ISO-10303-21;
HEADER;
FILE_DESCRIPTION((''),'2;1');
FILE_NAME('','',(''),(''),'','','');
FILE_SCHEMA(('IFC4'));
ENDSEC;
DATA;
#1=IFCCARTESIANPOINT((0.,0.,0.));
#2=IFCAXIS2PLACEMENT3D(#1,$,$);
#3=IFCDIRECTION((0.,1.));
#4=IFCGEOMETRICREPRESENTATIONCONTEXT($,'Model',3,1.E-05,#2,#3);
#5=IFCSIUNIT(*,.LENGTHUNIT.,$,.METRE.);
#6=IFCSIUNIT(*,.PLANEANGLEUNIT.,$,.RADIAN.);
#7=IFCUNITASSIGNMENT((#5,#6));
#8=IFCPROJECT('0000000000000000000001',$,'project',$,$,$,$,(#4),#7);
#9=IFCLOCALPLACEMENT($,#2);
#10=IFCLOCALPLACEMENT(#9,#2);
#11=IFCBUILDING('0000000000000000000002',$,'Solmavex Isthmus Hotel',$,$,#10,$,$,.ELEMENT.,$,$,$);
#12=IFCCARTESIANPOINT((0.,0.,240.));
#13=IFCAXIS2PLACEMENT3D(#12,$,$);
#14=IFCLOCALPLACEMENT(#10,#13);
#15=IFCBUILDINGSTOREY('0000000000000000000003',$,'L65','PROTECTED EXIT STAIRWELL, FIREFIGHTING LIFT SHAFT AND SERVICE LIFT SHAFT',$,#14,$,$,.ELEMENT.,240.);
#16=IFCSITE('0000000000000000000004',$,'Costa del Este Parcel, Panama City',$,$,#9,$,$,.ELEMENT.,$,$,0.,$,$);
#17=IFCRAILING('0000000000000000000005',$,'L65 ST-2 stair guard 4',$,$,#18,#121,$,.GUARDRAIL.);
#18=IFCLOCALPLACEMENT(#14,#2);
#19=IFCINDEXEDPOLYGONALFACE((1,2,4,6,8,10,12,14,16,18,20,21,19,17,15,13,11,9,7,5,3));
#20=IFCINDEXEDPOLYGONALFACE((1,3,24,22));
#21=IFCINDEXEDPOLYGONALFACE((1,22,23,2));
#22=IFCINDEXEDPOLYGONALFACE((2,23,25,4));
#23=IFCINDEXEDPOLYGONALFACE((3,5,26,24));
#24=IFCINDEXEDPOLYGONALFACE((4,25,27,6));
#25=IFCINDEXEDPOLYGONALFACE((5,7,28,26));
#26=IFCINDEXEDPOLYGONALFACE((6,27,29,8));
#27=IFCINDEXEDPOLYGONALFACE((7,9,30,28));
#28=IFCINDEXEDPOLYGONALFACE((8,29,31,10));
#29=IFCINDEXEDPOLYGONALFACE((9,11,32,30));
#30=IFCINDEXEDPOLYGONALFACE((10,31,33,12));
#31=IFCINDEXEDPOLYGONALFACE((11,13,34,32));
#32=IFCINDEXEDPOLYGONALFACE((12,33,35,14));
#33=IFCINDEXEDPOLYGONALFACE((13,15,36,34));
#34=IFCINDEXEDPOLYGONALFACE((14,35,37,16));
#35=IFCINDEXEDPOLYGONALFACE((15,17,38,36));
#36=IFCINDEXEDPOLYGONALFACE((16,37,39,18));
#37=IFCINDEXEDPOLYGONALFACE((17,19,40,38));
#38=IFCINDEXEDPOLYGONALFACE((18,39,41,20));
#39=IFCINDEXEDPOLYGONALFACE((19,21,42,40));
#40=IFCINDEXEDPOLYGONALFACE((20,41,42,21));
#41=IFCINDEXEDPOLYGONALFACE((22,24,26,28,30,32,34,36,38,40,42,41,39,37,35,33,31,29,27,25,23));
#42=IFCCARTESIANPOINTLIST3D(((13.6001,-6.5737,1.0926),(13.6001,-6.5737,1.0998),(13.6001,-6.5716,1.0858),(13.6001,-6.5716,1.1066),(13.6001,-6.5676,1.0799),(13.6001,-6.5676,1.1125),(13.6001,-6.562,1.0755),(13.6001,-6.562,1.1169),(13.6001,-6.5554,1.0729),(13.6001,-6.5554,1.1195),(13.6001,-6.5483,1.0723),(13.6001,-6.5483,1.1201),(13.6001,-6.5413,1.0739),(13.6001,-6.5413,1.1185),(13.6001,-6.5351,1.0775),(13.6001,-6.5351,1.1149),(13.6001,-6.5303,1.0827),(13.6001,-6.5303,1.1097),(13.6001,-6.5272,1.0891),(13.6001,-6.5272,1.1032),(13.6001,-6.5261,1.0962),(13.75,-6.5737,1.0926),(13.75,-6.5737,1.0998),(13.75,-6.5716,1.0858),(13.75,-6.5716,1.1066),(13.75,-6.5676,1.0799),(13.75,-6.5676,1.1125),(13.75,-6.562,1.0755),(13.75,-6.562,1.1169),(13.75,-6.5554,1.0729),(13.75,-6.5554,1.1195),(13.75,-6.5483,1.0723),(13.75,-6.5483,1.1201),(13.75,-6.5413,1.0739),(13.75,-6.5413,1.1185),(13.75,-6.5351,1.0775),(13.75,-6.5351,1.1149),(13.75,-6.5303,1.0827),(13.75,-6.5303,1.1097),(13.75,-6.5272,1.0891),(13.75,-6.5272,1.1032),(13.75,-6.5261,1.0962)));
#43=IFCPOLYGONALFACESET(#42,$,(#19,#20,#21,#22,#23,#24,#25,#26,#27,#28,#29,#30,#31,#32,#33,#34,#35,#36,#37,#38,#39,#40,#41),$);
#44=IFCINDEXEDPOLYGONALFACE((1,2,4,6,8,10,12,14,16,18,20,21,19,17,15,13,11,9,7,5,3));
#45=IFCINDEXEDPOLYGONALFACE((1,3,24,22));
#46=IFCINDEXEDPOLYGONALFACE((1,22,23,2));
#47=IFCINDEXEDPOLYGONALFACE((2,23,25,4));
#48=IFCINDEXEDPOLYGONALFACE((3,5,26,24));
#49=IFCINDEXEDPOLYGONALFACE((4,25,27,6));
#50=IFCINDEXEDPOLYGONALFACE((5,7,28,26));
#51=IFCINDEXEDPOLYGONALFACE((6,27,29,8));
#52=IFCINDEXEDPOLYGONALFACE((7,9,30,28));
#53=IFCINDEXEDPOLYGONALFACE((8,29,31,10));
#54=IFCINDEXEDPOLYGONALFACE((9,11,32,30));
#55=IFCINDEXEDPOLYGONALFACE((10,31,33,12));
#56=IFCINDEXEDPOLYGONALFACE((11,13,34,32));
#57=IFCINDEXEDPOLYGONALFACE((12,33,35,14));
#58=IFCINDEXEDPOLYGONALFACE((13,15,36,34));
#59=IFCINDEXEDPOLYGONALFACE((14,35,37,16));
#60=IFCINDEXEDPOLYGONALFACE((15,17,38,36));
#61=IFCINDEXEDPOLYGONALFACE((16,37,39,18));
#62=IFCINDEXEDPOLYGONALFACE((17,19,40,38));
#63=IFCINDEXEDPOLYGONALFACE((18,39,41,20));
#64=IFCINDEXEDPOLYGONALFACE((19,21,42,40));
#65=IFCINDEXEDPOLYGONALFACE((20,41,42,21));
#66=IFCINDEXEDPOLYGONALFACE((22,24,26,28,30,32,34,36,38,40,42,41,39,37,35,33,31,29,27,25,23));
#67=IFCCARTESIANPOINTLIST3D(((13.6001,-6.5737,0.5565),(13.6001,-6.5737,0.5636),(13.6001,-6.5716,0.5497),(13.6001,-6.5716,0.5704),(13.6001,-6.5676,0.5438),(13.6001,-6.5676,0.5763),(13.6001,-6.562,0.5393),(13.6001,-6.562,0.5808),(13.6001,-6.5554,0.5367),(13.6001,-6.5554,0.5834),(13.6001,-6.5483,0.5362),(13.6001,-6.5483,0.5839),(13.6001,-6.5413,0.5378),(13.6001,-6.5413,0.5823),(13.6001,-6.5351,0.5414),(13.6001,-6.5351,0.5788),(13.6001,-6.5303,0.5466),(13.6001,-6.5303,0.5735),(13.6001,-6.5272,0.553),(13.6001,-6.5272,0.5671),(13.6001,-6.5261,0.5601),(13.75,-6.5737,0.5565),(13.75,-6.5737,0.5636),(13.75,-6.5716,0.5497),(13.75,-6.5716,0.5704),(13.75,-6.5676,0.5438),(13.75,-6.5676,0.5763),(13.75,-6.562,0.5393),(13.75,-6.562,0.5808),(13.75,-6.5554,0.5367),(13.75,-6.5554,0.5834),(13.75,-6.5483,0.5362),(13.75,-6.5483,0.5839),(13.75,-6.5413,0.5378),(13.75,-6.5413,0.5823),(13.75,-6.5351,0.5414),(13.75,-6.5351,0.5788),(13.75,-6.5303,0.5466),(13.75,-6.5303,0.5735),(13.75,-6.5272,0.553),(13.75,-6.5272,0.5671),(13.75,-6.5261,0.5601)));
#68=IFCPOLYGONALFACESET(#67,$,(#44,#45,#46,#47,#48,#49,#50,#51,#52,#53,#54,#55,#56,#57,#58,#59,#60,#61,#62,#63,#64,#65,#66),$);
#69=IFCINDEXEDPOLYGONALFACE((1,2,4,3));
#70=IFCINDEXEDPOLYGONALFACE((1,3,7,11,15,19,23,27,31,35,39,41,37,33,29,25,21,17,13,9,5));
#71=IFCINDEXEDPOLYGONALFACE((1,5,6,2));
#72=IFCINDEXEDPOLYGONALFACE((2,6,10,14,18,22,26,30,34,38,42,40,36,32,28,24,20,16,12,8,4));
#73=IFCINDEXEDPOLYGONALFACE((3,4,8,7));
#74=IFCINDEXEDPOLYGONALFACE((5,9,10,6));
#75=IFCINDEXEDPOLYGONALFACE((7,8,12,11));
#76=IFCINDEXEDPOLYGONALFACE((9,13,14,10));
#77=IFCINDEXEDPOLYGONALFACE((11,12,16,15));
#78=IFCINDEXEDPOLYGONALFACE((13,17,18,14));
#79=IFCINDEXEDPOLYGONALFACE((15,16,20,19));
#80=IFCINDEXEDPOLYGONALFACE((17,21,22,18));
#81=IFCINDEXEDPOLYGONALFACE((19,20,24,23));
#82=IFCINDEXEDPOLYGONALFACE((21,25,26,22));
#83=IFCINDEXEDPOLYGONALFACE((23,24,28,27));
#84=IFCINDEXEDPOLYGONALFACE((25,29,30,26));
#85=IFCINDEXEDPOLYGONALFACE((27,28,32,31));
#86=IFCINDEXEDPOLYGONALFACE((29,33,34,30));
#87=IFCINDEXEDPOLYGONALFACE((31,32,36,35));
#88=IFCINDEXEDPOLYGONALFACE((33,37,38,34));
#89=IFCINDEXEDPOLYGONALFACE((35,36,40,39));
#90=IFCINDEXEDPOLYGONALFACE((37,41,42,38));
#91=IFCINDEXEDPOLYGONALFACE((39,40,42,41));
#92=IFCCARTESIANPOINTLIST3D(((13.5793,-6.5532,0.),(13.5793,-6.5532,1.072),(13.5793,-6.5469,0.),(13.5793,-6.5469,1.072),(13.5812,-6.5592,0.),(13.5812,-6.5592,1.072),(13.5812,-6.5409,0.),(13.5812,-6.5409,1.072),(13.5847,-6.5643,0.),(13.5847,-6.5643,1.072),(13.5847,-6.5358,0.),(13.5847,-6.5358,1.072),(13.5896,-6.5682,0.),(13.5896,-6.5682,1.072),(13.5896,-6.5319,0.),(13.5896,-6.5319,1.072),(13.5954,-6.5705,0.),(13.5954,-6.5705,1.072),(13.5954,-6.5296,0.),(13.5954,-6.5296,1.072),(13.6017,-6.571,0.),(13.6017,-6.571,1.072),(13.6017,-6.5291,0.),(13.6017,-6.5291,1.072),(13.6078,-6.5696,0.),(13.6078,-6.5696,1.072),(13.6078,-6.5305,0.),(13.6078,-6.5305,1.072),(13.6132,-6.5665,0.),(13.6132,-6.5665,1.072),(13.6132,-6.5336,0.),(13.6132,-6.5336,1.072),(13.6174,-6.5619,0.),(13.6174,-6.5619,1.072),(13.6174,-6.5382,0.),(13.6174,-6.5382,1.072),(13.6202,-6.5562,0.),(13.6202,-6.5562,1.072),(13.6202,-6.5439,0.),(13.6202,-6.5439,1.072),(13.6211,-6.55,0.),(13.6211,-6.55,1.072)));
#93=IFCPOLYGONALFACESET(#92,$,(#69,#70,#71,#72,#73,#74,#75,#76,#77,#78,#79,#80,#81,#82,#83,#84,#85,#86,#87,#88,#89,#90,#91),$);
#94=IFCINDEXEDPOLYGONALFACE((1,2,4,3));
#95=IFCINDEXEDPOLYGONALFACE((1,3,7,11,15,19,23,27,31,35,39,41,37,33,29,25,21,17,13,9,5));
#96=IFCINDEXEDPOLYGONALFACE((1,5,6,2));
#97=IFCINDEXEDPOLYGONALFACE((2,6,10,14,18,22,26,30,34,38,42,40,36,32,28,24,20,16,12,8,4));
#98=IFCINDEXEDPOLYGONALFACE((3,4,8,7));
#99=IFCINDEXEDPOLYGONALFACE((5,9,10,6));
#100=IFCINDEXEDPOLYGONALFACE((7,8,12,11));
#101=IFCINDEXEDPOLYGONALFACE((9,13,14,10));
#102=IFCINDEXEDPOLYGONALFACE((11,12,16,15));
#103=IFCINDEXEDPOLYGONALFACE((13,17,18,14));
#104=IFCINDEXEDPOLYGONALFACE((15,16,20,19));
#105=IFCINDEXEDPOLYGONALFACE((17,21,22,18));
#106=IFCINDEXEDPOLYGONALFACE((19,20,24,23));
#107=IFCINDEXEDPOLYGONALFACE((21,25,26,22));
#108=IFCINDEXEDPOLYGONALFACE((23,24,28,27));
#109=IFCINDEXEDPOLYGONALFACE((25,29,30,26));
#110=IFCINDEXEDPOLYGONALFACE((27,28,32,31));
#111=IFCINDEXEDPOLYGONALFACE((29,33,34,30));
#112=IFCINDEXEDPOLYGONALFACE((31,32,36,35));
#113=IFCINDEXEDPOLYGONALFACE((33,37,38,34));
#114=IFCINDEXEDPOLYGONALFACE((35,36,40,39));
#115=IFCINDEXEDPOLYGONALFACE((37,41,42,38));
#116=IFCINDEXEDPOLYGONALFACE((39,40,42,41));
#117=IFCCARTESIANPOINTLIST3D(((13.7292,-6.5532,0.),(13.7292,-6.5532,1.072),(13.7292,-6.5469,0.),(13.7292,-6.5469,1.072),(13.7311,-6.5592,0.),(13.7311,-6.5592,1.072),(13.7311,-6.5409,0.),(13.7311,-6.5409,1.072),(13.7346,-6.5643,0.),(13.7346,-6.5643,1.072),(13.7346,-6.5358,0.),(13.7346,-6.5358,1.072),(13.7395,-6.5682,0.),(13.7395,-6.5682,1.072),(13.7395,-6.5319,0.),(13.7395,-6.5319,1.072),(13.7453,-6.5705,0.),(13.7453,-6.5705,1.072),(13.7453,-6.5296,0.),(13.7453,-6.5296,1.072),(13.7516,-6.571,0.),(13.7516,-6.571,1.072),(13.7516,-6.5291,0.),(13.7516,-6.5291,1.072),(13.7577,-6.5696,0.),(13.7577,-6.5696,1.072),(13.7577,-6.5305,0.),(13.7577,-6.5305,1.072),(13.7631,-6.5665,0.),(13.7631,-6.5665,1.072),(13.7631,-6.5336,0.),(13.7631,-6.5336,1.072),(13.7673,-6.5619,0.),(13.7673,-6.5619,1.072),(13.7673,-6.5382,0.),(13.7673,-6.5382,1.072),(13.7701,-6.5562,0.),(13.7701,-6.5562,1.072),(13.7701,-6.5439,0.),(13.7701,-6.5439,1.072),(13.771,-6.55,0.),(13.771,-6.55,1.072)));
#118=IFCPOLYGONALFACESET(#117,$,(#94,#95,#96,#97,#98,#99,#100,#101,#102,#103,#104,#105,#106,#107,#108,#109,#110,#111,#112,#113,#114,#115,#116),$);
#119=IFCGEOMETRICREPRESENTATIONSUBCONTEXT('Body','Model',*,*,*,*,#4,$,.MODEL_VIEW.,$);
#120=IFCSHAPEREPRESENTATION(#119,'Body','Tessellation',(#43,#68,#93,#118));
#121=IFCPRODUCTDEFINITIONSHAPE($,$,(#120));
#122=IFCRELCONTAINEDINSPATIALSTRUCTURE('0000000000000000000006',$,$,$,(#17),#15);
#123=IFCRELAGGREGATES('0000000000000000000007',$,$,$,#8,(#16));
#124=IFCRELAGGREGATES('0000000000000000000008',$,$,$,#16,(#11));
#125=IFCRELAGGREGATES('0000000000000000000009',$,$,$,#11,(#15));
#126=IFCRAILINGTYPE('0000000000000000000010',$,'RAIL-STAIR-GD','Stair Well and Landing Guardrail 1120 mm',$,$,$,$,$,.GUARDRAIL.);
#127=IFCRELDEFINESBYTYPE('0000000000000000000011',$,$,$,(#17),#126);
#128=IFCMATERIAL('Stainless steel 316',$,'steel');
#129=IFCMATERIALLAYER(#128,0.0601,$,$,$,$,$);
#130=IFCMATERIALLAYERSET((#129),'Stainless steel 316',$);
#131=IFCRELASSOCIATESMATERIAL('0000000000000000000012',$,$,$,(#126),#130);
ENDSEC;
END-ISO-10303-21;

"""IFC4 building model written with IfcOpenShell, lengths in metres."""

from ifc_helpers import new_model, si_unit, direction, frame, origin, origin_2d, place, context, subcontext, project, spatial, circle, extrude, material, layer, layer_set, type_object, element, save


model = new_model("IFC4")

# Units and contexts
model_context = context("Model", 3, precision=1e-05, world=origin(), true_north=direction((0.0, 1.0)))
body_context = subcontext(model_context, "Body", "Model", "MODEL_VIEW")
ifc_project = project(units=[si_unit("LENGTHUNIT", "METRE"), si_unit("PLANEANGLEUNIT", "RADIAN")], contexts=[model_context])

# Site, building, storey
site_placement = place(None, origin())
site = spatial("IfcSite", under=ifc_project, at=site_placement, Name="Costa del Este Parcel, Panama City", CompositionType="ELEMENT", RefElevation=0.0)
building_placement = place(site_placement, origin())
building = spatial("IfcBuilding", under=site, at=building_placement, Name="Solmavex Isthmus Hotel", CompositionType="ELEMENT")
storey_placement = place(building_placement, frame((0.0, 0.0, 240.0)))
storey = spatial("IfcBuildingStorey", under=building, at=storey_placement, Name="L65", Description="PROTECTED EXIT STAIRWELL, FIREFIGHTING LIFT SHAFT AND SERVICE LIFT SHAFT", CompositionType="ELEMENT", Elevation=240.0)

# Railing
ifc_material_1 = material(Name="Stainless steel 316", Category="steel")
ifc_layer_1 = layer(ifc_material_1, 0.0601)
ifc_layer_set_1 = layer_set([ifc_layer_1], Name="Stainless steel 316")
railing_type_1 = type_object("IfcRailingType", Name="RAIL-STAIR-GD", Description="Stair Well and Landing Guardrail 1120 mm", PredefinedType="GUARDRAIL", material=ifc_layer_set_1)
railing_1_placement = place(storey_placement, frame((13.6001, -6.55, 0.0)))
element("IfcRailing", 1, at=railing_1_placement, inside=storey, type_object=railing_type_1, Name="L65 ST-2 stair guard 4", PredefinedType="GUARDRAIL", context=body_context, shape_type="SweptSolid", body=[
    extrude(circle(Radius=0.0239, at=origin_2d()), frame((0.0, 0.0, 1.0962), z_axis=(1.0, 0.0, 0.0), x_axis=(0.0, 1.0, 0.0)), (0.0, 0.0, 1.0), 0.1499),
    extrude(circle(Radius=0.0239, at=origin_2d()), frame((0.0, 0.0, 0.5601), z_axis=(1.0, 0.0, 0.0), x_axis=(0.0, 1.0, 0.0)), (0.0, 0.0, 1.0), 0.1499),
    extrude(circle(Radius=0.021, at=origin_2d()), origin(), (0.0, 0.0, 1.0), 1.072),
    extrude(circle(Radius=0.021, at=origin_2d()), frame((0.1499, 0.0, 0.0)), (0.0, 0.0, 1.0), 1.072),
])

save(model, "model.ifc")
